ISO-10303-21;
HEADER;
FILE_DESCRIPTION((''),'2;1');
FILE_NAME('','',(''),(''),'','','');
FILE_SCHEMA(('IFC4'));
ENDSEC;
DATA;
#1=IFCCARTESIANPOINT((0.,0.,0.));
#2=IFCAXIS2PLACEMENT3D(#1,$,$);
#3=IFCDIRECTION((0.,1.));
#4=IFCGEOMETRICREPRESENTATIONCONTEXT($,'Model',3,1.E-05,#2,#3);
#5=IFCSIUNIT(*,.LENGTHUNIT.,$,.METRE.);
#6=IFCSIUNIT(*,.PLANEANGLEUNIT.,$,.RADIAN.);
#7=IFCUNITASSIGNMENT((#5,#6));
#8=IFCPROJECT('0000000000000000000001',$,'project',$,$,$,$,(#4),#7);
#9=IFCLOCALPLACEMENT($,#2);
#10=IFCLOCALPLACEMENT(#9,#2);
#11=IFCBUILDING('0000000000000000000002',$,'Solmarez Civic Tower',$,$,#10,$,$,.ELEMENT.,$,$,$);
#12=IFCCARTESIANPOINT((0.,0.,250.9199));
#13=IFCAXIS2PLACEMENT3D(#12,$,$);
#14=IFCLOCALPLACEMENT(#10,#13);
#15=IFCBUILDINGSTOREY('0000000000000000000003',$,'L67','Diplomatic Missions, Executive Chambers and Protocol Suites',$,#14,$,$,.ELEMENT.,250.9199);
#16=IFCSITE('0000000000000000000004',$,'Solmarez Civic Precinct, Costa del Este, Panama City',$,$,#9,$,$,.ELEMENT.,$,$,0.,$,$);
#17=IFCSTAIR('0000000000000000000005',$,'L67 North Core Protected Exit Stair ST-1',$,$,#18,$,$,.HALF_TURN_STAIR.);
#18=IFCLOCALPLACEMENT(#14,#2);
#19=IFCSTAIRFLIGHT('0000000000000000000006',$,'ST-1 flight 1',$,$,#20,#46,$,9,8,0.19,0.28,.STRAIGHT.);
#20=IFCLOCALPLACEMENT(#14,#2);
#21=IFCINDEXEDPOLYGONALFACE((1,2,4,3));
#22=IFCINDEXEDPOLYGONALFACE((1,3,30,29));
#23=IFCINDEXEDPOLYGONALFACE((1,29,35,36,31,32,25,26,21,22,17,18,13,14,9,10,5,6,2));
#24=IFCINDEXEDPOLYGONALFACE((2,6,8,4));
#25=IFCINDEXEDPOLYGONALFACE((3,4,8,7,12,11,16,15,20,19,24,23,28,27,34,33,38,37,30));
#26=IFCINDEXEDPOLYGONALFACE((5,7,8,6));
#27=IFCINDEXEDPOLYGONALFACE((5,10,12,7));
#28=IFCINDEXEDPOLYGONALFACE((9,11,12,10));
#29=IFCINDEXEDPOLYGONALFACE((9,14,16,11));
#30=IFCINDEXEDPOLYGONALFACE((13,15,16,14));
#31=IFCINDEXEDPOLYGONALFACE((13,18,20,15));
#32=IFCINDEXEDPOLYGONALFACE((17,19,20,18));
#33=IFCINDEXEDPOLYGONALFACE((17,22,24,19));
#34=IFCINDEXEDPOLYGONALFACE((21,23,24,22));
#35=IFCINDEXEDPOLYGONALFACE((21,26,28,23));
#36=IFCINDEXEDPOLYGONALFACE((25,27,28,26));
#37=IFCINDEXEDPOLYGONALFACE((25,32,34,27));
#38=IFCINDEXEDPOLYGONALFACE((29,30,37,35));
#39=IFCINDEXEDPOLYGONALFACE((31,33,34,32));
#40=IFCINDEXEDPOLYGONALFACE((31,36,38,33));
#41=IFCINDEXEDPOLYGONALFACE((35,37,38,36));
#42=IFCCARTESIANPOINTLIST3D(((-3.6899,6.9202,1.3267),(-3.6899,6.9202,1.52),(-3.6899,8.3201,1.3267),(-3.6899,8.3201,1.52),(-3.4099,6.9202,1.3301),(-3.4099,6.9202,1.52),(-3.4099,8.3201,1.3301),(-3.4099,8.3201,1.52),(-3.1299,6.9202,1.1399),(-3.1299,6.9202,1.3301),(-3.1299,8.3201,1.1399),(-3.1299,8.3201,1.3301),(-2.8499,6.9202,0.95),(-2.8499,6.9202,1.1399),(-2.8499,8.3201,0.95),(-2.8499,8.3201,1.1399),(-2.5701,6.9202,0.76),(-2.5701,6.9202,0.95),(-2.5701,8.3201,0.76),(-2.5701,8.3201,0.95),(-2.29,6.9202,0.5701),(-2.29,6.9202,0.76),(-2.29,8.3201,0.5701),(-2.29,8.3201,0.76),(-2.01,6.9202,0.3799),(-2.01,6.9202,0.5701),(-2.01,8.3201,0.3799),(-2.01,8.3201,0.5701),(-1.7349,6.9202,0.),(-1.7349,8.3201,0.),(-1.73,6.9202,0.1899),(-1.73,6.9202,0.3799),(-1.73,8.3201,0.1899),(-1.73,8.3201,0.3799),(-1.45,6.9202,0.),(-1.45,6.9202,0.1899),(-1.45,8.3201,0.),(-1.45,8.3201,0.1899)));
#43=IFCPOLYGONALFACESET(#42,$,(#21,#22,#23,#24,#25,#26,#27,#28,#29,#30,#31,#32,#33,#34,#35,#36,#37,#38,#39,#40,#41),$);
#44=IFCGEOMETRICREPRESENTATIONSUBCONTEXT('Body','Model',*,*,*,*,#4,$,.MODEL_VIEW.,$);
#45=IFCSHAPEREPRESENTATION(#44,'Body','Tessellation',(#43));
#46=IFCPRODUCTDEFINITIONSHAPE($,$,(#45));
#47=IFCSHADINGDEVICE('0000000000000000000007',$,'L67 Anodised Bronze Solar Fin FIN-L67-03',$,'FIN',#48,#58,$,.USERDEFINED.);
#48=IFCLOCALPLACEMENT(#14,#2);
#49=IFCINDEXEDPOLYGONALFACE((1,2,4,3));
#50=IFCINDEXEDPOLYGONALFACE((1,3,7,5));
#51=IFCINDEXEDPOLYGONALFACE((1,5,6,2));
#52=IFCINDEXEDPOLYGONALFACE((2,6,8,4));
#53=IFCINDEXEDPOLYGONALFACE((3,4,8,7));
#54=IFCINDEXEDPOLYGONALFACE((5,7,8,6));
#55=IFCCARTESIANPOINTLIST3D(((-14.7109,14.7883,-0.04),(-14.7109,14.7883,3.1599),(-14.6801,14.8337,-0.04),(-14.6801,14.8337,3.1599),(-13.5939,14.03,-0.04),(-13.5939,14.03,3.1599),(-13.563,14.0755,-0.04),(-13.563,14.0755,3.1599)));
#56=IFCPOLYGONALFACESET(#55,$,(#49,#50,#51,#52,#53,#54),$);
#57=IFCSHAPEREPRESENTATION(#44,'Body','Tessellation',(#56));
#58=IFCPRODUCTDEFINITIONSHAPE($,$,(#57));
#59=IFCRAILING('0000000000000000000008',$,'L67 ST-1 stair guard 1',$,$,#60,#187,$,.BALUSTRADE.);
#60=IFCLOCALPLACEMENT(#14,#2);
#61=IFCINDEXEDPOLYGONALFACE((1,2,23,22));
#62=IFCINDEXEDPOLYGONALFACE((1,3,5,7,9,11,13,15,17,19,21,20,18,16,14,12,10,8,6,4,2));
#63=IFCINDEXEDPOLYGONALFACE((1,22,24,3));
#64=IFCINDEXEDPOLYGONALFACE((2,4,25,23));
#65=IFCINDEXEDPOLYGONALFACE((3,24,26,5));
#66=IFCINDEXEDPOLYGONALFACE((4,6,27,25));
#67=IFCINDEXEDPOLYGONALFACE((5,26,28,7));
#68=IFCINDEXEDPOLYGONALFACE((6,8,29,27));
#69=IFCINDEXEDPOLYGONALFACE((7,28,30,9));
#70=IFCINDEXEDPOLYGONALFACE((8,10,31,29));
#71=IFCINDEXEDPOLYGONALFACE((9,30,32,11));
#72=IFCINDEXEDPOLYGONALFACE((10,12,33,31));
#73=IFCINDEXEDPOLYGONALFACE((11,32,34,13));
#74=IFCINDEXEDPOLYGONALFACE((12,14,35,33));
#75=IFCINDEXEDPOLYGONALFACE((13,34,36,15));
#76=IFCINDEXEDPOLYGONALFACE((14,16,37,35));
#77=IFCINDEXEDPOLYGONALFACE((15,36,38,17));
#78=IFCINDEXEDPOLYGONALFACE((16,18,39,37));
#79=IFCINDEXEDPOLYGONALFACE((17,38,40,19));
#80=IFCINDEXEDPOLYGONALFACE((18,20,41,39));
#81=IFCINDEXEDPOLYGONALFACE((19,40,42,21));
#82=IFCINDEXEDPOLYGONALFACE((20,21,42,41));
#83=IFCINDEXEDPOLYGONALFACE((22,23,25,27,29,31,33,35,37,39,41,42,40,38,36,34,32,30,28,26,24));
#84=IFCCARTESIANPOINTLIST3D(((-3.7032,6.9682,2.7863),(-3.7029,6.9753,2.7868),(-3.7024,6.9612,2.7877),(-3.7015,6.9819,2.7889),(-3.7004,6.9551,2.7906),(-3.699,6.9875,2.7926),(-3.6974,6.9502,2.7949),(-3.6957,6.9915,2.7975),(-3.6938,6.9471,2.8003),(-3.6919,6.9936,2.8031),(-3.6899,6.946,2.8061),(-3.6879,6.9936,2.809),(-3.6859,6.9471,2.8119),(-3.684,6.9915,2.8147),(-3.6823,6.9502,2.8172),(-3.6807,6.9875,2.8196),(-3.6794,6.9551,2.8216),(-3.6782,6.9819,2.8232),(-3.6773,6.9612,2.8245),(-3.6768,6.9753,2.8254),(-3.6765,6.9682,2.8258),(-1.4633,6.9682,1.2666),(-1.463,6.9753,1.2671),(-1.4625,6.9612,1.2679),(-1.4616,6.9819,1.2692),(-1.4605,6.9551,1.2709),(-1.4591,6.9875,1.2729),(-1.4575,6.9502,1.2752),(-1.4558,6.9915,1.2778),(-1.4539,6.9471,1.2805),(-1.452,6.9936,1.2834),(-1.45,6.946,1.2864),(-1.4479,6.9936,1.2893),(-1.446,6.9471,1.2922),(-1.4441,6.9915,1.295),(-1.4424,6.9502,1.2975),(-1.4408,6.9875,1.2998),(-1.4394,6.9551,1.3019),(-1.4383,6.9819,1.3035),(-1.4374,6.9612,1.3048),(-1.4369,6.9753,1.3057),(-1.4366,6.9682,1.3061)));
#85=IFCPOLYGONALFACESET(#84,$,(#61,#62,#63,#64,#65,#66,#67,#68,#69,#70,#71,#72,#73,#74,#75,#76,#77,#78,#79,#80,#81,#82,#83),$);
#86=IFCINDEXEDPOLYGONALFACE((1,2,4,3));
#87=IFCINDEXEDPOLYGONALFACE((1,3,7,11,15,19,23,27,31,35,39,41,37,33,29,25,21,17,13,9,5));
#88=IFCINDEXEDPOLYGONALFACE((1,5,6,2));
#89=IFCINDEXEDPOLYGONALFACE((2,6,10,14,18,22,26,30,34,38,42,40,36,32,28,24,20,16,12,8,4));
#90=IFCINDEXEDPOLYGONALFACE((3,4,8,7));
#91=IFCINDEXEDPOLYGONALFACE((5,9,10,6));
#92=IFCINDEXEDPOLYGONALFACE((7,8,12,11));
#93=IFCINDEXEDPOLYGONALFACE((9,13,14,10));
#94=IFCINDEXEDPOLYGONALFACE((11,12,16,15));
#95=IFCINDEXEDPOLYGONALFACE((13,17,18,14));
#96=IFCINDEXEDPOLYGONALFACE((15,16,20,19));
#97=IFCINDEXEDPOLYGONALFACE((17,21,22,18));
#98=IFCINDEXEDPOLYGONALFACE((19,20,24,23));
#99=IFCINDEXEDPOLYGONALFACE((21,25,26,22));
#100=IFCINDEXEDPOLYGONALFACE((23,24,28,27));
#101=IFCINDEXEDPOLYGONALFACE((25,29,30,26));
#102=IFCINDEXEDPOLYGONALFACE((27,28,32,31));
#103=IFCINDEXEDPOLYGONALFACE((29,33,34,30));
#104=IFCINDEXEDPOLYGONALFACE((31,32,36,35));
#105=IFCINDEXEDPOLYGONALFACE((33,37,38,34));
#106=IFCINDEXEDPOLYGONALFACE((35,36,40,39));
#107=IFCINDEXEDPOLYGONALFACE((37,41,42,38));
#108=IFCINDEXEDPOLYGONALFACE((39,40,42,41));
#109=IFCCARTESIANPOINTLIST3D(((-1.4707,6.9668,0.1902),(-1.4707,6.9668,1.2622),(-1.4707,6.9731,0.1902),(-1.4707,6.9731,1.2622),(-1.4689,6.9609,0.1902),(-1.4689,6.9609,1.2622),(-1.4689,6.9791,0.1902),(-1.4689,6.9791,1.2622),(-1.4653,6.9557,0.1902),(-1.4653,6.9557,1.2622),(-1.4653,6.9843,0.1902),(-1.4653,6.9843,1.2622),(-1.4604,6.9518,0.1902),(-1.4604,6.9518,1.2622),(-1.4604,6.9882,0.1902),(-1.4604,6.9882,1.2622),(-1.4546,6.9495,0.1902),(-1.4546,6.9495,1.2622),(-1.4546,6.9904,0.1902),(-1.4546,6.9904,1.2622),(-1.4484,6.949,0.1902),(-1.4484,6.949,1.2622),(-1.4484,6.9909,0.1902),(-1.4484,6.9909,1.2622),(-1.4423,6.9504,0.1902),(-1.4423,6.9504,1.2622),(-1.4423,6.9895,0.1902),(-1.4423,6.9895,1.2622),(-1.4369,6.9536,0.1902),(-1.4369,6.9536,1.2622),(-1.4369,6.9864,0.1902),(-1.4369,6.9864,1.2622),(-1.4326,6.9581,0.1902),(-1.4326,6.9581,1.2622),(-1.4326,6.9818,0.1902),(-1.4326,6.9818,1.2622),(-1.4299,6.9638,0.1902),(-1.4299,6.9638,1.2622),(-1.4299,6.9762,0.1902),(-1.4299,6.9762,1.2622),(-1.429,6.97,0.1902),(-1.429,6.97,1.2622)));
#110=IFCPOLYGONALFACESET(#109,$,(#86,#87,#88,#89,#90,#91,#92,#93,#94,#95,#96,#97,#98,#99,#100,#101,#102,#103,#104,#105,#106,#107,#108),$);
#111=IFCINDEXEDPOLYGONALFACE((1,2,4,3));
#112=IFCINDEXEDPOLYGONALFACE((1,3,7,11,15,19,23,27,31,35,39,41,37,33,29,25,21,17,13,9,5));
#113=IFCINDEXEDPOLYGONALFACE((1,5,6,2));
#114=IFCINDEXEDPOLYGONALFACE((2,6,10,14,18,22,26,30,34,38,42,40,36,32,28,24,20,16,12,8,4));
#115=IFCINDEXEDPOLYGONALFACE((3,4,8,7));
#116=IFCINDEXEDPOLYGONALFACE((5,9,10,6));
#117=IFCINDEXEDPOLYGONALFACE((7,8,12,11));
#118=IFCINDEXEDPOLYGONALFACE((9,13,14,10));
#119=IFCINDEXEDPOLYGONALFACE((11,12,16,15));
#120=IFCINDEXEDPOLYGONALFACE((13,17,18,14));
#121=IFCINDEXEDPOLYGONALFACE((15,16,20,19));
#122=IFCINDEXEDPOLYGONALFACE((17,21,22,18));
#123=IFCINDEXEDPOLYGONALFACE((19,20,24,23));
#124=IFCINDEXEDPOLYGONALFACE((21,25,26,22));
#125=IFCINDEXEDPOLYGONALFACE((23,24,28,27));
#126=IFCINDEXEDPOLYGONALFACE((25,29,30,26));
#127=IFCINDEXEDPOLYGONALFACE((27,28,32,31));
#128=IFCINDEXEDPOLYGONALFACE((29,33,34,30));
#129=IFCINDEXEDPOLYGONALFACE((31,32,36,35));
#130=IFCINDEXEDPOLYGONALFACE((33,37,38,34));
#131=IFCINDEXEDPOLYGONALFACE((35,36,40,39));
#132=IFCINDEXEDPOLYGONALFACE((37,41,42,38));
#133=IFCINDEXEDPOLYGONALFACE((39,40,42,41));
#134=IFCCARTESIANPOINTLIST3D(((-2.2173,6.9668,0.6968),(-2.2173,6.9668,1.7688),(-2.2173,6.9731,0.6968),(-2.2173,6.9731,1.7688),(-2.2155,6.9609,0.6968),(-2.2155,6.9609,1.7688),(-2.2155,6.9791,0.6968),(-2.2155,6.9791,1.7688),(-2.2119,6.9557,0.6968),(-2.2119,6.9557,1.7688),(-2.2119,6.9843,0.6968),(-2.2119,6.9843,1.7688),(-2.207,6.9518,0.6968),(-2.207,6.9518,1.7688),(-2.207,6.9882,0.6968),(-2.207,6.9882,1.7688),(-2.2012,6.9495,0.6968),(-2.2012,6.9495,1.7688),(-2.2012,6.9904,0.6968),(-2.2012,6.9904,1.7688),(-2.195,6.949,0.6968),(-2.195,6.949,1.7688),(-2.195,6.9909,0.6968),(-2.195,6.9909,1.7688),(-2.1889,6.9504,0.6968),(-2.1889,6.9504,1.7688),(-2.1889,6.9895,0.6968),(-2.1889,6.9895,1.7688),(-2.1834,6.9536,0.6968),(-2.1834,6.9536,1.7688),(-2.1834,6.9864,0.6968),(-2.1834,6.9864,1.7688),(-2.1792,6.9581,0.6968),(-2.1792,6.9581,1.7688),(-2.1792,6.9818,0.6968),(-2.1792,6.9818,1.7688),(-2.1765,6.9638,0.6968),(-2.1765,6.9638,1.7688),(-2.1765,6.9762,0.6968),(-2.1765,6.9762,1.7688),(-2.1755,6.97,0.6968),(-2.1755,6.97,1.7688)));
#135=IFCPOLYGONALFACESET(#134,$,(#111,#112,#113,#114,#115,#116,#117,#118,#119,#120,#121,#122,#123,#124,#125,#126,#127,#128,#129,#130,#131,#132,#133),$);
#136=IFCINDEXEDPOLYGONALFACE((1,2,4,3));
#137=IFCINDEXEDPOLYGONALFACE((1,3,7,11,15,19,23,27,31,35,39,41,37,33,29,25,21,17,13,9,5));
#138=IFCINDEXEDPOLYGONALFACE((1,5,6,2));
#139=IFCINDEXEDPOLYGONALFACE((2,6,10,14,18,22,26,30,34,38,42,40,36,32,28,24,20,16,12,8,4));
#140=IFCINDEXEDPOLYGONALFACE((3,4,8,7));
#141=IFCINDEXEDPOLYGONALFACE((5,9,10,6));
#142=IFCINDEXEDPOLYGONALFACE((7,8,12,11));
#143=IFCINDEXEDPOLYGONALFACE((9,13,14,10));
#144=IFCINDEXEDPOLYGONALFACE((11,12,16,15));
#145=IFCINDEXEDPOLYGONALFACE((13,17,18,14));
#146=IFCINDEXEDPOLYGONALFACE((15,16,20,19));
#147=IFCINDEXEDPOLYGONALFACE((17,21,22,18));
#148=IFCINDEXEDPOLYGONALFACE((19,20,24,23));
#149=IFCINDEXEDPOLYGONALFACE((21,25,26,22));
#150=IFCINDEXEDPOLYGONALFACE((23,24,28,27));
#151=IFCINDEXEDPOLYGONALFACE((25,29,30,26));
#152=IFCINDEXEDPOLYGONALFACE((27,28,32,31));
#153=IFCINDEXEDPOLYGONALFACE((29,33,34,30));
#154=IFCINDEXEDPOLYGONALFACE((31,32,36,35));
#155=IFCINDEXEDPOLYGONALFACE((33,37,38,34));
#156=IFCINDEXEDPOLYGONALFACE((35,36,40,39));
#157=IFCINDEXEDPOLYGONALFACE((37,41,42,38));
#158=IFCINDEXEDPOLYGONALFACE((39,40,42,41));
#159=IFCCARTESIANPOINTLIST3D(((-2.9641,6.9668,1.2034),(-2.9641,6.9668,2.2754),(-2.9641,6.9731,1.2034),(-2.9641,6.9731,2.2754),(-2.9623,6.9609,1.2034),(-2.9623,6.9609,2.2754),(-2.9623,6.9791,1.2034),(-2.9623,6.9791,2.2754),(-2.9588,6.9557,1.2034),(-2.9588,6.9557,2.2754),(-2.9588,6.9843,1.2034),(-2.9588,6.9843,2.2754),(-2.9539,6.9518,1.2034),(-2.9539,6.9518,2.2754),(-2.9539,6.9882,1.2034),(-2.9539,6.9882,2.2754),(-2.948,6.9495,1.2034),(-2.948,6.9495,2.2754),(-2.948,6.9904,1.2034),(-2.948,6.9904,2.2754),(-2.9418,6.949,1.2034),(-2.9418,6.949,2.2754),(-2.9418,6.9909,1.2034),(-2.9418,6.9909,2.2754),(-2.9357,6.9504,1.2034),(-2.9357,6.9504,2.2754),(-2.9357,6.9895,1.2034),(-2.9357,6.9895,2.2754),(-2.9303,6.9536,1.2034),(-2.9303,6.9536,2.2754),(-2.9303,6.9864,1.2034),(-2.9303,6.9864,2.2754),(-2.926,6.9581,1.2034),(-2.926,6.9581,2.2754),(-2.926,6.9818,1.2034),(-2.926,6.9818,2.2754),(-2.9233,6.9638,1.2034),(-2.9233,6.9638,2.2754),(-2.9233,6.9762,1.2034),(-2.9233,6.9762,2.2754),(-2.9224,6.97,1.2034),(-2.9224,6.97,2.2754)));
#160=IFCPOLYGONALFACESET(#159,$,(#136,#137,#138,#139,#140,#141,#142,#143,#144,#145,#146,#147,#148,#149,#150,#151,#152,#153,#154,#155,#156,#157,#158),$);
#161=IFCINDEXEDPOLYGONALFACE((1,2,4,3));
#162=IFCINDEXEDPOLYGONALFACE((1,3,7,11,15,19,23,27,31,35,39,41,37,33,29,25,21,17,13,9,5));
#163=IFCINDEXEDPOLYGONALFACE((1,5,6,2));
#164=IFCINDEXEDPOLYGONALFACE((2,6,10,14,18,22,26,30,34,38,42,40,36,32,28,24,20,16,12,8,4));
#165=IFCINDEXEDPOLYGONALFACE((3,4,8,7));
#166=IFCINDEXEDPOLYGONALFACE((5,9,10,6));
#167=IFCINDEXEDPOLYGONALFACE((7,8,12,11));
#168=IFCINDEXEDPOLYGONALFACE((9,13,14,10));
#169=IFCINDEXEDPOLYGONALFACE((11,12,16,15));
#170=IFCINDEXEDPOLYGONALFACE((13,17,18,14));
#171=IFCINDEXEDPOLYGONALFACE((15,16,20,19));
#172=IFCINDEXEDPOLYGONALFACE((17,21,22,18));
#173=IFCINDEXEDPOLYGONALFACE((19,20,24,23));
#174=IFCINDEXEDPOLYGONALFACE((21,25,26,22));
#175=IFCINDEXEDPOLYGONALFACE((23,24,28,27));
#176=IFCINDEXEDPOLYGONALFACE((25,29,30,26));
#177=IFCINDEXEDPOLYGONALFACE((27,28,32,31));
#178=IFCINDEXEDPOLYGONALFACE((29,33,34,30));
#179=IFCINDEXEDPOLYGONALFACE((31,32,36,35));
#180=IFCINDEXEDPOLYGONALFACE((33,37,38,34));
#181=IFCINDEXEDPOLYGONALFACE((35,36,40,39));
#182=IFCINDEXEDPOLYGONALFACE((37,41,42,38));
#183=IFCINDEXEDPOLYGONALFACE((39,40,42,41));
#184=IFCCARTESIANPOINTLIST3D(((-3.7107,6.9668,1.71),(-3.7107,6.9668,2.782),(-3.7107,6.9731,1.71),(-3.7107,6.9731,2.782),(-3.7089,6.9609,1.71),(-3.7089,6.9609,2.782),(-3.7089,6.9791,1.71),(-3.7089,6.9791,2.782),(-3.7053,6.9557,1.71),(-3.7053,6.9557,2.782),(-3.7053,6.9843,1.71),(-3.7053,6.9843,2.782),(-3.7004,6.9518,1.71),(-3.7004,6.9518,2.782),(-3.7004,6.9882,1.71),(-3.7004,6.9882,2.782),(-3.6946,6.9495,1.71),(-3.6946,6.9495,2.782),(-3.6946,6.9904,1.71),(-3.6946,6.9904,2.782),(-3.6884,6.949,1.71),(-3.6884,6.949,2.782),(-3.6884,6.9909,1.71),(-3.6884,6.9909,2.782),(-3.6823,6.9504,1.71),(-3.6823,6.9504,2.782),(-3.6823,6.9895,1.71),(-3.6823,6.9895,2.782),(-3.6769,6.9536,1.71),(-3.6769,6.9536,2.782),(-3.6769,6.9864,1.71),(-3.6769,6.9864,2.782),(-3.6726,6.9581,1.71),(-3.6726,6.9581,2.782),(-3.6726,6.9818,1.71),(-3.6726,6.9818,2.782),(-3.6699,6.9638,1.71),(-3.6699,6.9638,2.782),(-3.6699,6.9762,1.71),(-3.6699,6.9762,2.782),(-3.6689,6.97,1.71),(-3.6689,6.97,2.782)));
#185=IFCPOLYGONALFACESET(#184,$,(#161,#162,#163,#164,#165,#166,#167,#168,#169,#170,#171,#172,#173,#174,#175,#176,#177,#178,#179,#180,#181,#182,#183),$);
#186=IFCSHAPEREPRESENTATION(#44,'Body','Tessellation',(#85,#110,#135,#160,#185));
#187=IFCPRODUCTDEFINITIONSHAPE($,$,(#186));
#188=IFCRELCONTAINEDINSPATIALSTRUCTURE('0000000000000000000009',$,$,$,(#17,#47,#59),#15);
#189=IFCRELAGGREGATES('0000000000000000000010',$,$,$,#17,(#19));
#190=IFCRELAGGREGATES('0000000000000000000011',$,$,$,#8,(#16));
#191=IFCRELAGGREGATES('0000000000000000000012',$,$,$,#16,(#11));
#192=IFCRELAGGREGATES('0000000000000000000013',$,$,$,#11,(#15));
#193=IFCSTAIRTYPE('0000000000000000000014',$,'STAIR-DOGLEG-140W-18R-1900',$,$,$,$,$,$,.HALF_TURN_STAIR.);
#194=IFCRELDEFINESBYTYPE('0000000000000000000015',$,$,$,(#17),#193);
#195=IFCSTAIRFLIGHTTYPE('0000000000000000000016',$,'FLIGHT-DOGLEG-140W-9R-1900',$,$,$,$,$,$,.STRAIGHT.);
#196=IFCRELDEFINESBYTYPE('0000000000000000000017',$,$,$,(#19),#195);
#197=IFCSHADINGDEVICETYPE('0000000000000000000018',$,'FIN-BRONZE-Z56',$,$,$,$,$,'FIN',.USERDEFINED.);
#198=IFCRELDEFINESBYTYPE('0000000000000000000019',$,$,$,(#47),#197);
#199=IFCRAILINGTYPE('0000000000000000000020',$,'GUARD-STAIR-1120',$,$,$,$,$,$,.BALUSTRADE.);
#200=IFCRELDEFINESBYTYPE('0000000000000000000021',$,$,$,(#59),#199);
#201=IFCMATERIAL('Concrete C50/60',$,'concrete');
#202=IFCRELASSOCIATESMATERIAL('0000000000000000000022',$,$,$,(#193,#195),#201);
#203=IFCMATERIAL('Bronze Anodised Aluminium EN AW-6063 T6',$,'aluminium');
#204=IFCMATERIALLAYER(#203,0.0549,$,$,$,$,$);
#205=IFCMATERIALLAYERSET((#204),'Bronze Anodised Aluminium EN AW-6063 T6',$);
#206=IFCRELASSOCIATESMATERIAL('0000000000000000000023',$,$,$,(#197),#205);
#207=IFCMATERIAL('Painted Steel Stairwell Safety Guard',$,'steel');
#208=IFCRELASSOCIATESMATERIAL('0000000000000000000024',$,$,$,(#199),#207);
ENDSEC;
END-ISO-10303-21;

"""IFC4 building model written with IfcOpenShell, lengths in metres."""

from ifc_helpers import new_model, si_unit, direction, frame, origin, origin_2d, place, context, subcontext, project, spatial, polyline, rectangle, circle, outline, extrude, material, layer, layer_set, type_object, element, aggregate, save


model = new_model("IFC4")

# Units and contexts
model_context = context("Model", 3, precision=1e-05, world=origin(), true_north=direction((0.0, 1.0)))
body_context = subcontext(model_context, "Body", "Model", "MODEL_VIEW")
ifc_project = project(units=[si_unit("LENGTHUNIT", "METRE"), si_unit("PLANEANGLEUNIT", "RADIAN")], contexts=[model_context])

# Site, building, storey
site_placement = place(None, origin())
site = spatial("IfcSite", under=ifc_project, at=site_placement, Name="Solmarez Civic Precinct, Costa del Este, Panama City", CompositionType="ELEMENT", RefElevation=0.0)
building_placement = place(site_placement, origin())
building = spatial("IfcBuilding", under=site, at=building_placement, Name="Solmarez Civic Tower", CompositionType="ELEMENT")
storey_placement = place(building_placement, frame((0.0, 0.0, 250.9199)))
storey = spatial("IfcBuildingStorey", under=building, at=storey_placement, Name="L67", Description="Diplomatic Missions, Executive Chambers and Protocol Suites", CompositionType="ELEMENT", Elevation=250.9199)

# Shared definitions
ifc_material_1 = material(Name="Concrete C50/60", Category="concrete")

# Stair, stair flight
stair_type = type_object("IfcStairType", Name="STAIR-DOGLEG-140W-18R-1900", PredefinedType="HALF_TURN_STAIR", material=ifc_material_1)
stair_placement = place(storey_placement, origin())
stair = element("IfcStair", 1, at=stair_placement, inside=storey, type_object=stair_type, Name="L67 North Core Protected Exit Stair ST-1", PredefinedType="HALF_TURN_STAIR")
stair_flight_type = type_object("IfcStairFlightType", Name="FLIGHT-DOGLEG-140W-9R-1900", PredefinedType="STRAIGHT", material=ifc_material_1)
stair_flight_placement = place(storey_placement, frame((-1.45, 7.6201, 0.0), z_axis=(0.0, 0.0, 1.0), x_axis=(-1.0, 0.0, 0.0)))
stair_flight = element("IfcStairFlight", 2, at=stair_flight_placement, type_object=stair_flight_type, Name="ST-1 flight 1", NumberOfRisers=9, NumberOfTreads=8, PredefinedType="STRAIGHT", RiserHeight=0.19, TreadLength=0.28, context=body_context, shape_type="SweptSolid", body=[
    extrude(outline(polyline([(0.0, 0.0), (0.0, 0.1899), (0.28, 0.1899), (0.28, 0.3799), (0.5601, 0.3799), (0.5601, 0.5701), (0.8401, 0.5701), (0.8401, 0.76), (1.1201, 0.76), (1.1201, 0.95), (1.3999, 0.95), (1.3999, 1.1399), (1.6799, 1.1399), (1.6799, 1.3301), (1.96, 1.3301), (1.96, 1.52), (2.24, 1.52), (2.24, 1.71), (2.24, 1.3267), (0.2849, 0.0), (0.0, 0.0)])), frame((0.0, 0.7, 0.0), z_axis=(0.0, -1.0, 0.0), x_axis=(1.0, 0.0, 0.0)), (0.0, 0.0, 1.0), 1.3999),
])
aggregate(stair, [stair_flight])

# Shading device
ifc_material_2 = material(Name="Bronze Anodised Aluminium EN AW-6063 T6", Category="aluminium")
ifc_layer_1 = layer(ifc_material_2, 0.0549)
ifc_layer_set_1 = layer_set([ifc_layer_1], Name="Bronze Anodised Aluminium EN AW-6063 T6")
shading_device_type = type_object("IfcShadingDeviceType", Name="FIN-BRONZE-Z56", ElementType="FIN", PredefinedType="USERDEFINED", material=ifc_layer_set_1)
shading_device_placement = place(storey_placement, frame((-14.137, 14.4319, -0.04), z_axis=(0.0, 0.0, 1.0), x_axis=(-0.827385, 0.561636, 0.0)))
element("IfcShadingDevice", 3, at=shading_device_placement, inside=storey, type_object=shading_device_type, Name="L67 Anodised Bronze Solar Fin FIN-L67-03", ObjectType="FIN", PredefinedType="USERDEFINED", context=body_context, shape_type="SweptSolid", body=[
    extrude(rectangle(XDim=1.3501, YDim=0.0549, at=origin_2d()), origin(), (0.0, 0.0, 1.0), 3.2),
])

# Railing
ifc_material_3 = material(Name="Painted Steel Stairwell Safety Guard", Category="steel")
railing_type_1 = type_object("IfcRailingType", Name="GUARD-STAIR-1120", PredefinedType="BALUSTRADE", material=ifc_material_3)
railing_1_placement = place(storey_placement, frame((-1.45, 6.97, 0.1902)))
element("IfcRailing", 4, at=railing_1_placement, inside=storey, type_object=railing_type_1, Name="L67 ST-1 stair guard 1", PredefinedType="BALUSTRADE", context=body_context, shape_type="SweptSolid", body=[
    extrude(circle(Radius=0.0239, at=origin_2d()), frame((0.0, 0.0, 1.0962), z_axis=(-0.827513, 0.0, 0.561446), x_axis=(0.0, -1.0, 0.0)), (0.0, 0.0, 1.0), 2.7068),
    extrude(circle(Radius=0.021, at=origin_2d()), origin(), (0.0, 0.0, 1.0), 1.072),
    extrude(circle(Radius=0.021, at=origin_2d()), frame((-0.7466, 0.0, 0.5066)), (0.0, 0.0, 1.0), 1.072),
    extrude(circle(Radius=0.021, at=origin_2d()), frame((-1.4934, 0.0, 1.0132)), (0.0, 0.0, 1.0), 1.072),
    extrude(circle(Radius=0.021, at=origin_2d()), frame((-2.24, 0.0, 1.5198)), (0.0, 0.0, 1.0), 1.072),
])

save(model, "model.ifc")
